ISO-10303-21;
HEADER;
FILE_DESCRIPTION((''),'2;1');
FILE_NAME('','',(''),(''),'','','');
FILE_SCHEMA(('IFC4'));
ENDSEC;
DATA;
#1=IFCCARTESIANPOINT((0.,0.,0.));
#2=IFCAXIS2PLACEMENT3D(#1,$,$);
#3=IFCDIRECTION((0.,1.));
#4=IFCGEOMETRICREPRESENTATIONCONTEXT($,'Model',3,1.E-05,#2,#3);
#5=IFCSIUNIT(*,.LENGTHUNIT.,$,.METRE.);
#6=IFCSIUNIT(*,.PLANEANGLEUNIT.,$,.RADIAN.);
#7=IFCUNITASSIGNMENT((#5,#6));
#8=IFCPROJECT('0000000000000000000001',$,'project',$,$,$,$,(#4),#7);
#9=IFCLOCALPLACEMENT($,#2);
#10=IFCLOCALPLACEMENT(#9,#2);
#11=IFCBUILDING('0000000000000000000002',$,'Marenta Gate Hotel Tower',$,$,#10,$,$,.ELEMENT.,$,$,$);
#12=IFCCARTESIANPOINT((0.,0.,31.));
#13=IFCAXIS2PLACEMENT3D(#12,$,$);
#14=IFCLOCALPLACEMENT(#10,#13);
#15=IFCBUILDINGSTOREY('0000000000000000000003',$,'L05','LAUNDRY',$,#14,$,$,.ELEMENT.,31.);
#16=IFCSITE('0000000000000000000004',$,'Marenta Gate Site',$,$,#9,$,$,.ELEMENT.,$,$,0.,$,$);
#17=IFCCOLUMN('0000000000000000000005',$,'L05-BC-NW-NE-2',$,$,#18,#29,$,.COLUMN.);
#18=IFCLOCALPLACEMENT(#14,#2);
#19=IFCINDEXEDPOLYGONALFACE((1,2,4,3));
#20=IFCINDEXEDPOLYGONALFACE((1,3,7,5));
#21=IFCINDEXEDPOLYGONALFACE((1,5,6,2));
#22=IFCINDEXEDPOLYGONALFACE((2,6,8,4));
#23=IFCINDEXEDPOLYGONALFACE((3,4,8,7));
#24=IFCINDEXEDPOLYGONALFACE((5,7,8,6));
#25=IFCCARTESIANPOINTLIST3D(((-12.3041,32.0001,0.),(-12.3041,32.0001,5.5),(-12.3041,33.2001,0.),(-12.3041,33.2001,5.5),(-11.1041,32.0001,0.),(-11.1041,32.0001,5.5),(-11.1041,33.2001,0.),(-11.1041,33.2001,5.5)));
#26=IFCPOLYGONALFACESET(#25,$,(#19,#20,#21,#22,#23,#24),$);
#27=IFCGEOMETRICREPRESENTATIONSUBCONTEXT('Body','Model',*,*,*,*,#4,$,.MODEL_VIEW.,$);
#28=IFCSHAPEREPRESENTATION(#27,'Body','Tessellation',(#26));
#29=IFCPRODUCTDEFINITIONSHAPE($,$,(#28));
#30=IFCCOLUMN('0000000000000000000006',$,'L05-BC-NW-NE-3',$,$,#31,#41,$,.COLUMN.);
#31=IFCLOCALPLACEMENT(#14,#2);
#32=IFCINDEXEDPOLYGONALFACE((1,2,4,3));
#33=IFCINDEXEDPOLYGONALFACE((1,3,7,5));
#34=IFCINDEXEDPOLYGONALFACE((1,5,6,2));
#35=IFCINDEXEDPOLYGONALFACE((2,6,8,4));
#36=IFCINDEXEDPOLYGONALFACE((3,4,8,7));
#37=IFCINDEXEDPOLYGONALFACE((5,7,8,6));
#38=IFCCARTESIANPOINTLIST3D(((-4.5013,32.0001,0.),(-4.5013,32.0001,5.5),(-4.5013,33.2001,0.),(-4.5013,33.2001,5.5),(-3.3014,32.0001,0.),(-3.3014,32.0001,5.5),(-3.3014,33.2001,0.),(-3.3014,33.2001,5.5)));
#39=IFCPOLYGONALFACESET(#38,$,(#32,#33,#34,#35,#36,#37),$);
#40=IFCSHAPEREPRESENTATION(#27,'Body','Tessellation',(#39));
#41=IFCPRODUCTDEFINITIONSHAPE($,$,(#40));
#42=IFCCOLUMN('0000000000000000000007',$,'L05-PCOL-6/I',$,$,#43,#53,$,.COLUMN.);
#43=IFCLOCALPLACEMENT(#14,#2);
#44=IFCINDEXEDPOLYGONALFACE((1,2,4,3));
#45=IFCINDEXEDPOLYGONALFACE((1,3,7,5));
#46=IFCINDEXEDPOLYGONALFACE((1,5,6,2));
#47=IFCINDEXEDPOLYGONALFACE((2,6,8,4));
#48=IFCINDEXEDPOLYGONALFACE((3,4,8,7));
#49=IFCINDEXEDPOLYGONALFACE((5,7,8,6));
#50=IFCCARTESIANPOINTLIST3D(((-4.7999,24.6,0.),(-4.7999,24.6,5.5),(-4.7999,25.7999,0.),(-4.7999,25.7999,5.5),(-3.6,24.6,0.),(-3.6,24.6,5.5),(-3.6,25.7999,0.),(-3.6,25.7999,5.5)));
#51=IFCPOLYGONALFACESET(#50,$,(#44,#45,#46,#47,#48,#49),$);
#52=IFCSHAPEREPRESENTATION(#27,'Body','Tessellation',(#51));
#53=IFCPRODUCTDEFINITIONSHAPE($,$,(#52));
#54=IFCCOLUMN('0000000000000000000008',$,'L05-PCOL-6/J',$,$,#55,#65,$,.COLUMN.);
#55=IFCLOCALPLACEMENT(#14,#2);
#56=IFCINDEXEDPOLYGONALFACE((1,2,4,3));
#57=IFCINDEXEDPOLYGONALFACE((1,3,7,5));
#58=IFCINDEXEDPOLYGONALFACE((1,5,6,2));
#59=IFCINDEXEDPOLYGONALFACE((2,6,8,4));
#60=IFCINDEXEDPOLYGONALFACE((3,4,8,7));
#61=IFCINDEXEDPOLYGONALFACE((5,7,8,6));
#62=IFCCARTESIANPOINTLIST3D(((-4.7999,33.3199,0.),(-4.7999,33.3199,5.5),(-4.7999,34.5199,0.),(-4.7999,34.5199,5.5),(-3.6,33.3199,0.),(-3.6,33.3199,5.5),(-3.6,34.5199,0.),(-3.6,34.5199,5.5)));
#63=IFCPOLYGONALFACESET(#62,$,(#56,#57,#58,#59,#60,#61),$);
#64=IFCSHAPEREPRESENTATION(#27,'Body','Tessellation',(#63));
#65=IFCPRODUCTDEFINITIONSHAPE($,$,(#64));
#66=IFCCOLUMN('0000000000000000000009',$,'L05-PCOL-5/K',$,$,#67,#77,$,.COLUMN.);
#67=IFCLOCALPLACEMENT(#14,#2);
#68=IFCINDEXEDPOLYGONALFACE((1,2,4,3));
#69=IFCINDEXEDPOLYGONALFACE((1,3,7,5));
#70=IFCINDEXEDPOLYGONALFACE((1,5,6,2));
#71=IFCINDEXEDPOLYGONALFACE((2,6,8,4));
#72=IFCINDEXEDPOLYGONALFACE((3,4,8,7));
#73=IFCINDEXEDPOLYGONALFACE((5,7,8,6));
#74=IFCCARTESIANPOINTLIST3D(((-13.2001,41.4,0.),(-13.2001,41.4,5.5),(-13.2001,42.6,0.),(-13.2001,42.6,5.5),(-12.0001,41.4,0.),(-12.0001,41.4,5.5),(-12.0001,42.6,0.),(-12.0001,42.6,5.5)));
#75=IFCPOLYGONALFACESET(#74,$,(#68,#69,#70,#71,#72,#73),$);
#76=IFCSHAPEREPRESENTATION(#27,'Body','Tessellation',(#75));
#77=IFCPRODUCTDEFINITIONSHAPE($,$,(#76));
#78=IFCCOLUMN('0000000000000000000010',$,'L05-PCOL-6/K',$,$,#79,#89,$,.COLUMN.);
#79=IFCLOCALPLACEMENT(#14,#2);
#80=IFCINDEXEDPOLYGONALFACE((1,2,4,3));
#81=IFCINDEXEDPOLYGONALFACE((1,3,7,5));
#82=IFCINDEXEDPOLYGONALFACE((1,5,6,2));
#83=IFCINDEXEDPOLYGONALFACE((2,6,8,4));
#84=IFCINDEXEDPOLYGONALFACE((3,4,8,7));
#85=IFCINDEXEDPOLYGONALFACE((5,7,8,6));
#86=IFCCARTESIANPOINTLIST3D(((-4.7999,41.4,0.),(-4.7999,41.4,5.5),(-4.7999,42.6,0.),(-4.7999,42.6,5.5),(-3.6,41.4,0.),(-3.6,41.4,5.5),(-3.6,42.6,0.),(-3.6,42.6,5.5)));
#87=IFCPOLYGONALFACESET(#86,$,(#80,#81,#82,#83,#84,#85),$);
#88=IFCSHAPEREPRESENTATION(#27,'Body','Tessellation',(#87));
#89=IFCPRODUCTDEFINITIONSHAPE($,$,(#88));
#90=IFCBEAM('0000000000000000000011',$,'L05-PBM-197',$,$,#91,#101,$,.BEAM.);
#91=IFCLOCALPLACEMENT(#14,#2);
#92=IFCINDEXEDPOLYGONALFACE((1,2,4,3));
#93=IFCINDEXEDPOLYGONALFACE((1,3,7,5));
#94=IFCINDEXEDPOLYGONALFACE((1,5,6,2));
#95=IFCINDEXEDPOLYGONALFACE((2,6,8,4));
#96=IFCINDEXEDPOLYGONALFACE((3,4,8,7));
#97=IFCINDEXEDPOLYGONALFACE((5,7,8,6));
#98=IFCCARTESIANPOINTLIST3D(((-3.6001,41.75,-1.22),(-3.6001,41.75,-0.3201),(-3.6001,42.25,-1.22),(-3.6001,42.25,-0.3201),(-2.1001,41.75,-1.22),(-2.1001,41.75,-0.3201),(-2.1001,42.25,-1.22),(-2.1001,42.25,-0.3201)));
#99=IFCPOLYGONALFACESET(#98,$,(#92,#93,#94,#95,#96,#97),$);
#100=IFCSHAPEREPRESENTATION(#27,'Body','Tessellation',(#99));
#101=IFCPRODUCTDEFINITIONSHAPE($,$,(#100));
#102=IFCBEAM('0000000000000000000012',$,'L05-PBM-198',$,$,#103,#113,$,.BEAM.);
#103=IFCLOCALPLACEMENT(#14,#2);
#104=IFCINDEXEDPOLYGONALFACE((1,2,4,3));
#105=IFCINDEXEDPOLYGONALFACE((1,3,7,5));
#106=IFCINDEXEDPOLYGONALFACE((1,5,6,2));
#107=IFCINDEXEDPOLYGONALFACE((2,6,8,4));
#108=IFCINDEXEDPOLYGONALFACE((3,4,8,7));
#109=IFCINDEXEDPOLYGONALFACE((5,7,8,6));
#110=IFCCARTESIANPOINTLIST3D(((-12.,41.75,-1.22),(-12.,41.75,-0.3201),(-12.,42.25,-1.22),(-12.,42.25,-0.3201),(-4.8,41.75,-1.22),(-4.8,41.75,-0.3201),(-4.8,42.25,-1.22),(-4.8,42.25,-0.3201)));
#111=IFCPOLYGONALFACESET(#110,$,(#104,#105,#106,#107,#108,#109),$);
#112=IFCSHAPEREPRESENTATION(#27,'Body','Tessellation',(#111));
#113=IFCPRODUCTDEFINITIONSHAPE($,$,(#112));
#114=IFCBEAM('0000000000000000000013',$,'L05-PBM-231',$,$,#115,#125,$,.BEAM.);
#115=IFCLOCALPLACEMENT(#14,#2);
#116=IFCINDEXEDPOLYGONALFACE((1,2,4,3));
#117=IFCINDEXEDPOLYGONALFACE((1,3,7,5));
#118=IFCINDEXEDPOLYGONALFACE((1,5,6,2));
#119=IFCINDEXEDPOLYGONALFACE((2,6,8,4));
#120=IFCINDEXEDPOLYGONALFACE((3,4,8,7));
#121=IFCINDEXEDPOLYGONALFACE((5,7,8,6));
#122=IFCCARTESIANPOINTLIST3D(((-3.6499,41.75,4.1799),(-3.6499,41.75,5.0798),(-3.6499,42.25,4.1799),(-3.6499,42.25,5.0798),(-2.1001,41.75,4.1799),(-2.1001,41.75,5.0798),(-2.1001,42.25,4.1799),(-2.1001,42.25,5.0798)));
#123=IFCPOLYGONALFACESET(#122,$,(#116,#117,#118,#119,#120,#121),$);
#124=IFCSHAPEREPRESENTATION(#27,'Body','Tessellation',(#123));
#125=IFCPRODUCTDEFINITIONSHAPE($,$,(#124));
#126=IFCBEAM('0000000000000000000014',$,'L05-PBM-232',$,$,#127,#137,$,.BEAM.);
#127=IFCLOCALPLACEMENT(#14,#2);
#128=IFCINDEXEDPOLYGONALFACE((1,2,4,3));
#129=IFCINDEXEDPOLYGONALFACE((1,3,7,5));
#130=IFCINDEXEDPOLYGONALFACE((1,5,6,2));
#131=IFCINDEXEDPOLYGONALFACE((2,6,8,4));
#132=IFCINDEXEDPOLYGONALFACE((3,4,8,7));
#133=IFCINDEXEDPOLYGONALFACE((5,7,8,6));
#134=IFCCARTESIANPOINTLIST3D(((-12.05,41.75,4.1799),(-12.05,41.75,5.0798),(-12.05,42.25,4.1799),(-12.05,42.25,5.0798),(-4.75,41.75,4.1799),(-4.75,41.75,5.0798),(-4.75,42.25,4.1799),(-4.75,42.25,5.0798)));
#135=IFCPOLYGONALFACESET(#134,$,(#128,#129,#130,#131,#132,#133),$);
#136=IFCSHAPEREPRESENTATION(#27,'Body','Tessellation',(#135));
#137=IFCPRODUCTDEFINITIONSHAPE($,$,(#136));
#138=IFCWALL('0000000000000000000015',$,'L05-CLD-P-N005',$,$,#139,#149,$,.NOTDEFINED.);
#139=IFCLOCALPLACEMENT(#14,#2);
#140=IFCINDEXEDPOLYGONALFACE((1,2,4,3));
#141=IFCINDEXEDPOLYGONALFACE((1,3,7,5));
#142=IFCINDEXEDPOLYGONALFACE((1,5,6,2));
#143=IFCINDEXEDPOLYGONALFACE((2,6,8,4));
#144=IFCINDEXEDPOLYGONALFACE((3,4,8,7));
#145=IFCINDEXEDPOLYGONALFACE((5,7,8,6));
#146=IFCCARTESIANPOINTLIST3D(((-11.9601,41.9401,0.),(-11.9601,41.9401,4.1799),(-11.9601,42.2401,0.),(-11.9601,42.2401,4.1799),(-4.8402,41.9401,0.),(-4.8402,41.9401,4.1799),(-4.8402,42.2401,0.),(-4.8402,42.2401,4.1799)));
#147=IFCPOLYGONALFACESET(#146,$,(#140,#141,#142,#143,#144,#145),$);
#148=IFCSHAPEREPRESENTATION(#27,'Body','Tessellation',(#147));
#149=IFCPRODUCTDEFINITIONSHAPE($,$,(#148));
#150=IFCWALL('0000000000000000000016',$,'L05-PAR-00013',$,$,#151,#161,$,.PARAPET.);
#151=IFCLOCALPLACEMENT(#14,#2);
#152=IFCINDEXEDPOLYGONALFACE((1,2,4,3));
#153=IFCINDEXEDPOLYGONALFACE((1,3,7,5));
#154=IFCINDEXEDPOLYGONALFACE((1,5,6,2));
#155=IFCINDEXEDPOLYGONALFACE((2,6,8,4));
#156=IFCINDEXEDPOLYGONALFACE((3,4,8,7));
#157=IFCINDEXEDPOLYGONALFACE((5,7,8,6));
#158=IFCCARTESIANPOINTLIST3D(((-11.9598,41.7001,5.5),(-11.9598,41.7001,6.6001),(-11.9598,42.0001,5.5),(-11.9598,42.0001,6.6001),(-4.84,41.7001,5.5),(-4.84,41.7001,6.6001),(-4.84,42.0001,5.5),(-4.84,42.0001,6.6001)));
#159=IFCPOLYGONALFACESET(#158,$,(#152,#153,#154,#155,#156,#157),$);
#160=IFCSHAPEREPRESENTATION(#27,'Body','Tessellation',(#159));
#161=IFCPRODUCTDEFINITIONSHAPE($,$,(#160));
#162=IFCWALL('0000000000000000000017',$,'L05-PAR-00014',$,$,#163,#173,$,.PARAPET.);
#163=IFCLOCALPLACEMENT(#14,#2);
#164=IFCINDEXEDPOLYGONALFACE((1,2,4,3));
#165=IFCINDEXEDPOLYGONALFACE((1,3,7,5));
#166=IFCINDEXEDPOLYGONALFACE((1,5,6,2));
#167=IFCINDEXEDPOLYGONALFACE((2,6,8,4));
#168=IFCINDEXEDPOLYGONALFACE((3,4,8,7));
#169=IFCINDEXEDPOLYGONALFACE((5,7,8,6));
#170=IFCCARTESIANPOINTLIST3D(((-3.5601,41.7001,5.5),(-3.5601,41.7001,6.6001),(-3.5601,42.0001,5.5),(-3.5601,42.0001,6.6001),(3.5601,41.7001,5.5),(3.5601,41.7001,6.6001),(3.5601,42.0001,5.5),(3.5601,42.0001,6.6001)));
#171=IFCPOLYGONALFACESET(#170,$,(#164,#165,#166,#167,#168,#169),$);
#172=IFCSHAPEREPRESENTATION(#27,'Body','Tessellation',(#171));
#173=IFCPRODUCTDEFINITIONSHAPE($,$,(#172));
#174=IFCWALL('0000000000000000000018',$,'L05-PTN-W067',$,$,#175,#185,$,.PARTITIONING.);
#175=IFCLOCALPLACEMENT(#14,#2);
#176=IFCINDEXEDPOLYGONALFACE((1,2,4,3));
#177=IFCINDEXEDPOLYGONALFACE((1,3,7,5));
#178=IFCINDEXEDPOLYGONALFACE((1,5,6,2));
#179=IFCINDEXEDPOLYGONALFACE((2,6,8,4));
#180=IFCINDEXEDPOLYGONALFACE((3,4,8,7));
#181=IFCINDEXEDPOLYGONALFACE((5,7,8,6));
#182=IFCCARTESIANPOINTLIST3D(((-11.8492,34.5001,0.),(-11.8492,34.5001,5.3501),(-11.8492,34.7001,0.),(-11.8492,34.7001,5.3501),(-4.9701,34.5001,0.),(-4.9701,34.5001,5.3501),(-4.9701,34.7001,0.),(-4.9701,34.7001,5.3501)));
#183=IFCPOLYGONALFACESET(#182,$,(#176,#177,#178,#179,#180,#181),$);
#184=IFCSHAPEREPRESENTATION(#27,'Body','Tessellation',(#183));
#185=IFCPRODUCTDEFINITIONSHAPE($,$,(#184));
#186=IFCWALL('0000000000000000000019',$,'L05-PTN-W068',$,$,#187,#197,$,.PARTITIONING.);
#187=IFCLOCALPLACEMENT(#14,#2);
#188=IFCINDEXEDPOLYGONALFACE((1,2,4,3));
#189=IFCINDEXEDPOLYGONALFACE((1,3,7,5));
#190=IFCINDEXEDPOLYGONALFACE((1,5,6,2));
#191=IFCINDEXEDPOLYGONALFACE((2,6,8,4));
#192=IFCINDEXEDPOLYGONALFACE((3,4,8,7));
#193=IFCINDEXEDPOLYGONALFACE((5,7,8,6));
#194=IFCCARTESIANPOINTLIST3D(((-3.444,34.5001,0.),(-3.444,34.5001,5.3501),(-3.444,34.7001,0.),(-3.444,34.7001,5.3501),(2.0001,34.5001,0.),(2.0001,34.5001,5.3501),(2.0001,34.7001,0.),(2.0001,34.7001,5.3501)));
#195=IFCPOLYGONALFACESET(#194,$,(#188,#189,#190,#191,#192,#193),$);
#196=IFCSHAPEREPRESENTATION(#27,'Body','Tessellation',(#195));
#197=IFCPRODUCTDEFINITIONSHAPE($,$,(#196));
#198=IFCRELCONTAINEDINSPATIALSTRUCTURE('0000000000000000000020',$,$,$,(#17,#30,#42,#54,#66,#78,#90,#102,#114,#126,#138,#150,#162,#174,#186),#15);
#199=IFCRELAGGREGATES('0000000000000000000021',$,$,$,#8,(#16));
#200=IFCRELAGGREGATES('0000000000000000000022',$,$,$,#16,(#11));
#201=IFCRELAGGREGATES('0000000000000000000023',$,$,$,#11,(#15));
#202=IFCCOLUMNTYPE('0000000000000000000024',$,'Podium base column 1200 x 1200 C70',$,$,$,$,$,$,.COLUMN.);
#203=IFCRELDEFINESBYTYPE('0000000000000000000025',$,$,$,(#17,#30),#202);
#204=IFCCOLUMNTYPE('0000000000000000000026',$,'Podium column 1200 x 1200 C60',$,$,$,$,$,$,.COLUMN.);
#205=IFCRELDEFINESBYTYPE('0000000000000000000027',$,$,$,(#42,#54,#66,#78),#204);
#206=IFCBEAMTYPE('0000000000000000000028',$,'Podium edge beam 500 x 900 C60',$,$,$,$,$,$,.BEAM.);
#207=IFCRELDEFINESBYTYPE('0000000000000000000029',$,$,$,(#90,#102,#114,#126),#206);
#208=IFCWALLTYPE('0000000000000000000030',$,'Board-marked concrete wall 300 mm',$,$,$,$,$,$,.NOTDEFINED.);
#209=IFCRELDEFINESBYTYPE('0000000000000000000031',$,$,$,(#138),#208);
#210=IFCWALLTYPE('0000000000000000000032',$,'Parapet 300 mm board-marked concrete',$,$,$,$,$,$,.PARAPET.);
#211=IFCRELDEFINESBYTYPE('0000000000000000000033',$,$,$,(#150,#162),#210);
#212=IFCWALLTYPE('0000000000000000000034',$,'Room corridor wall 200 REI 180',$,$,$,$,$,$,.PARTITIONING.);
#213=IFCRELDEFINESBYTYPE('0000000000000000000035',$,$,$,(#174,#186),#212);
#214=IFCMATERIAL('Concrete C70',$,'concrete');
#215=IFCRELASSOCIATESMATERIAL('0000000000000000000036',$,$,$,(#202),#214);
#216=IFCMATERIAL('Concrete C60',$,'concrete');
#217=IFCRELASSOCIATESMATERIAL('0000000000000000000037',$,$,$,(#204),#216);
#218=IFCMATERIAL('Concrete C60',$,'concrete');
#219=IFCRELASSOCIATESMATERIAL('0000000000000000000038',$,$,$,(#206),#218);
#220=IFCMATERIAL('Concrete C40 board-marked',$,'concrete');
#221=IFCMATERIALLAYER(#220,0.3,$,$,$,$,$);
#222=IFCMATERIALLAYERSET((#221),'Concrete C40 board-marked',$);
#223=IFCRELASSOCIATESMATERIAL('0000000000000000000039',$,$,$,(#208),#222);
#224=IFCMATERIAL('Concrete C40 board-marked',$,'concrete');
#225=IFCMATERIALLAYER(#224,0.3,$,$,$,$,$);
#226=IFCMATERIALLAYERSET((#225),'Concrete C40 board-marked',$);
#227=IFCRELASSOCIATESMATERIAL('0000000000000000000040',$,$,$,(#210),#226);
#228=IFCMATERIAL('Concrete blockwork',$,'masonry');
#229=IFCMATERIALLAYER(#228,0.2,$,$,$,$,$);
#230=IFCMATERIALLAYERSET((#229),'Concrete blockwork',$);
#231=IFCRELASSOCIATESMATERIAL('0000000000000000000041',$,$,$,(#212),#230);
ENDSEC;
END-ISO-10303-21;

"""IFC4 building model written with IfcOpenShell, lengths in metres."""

from ifc_helpers import new_model, si_unit, direction, frame, frame_2d, origin, origin_2d, place, context, subcontext, project, spatial, rectangle, extrude, material, layer, layer_set, material_profile, profile_set, type_object, element, save


model = new_model("IFC4")

# Units and contexts
model_context = context("Model", 3, precision=1e-05, world=origin(), true_north=direction((0.0, 1.0)))
body_context = subcontext(model_context, "Body", "Model", "MODEL_VIEW")
ifc_project = project(units=[si_unit("LENGTHUNIT", "METRE"), si_unit("PLANEANGLEUNIT", "RADIAN")], contexts=[model_context])

# Site, building, storey
site_placement = place(None, origin())
site = spatial("IfcSite", under=ifc_project, at=site_placement, Name="Marenta Gate Site", CompositionType="ELEMENT", RefElevation=0.0)
building_placement = place(site_placement, origin())
building = spatial("IfcBuilding", under=site, at=building_placement, Name="Marenta Gate Hotel Tower", CompositionType="ELEMENT")
storey_placement = place(building_placement, frame((0.0, 0.0, 31.0)))
storey = spatial("IfcBuildingStorey", under=building, at=storey_placement, Name="L05", Description="LAUNDRY", CompositionType="ELEMENT", Elevation=31.0)

# Columns
ifc_material_1 = material(Name="Concrete C70", Category="concrete")
ifc_material_profile_1 = material_profile(ifc_material_1, rectangle(XDim=1.2, YDim=1.2, at=origin_2d()), Name="1200 x 1200")
ifc_profile_set_1 = profile_set([ifc_material_profile_1], Name="Concrete C70")
column_type_1 = type_object("IfcColumnType", Name="Podium base column 1200 x 1200 C70", PredefinedType="COLUMN", material=ifc_profile_set_1)
for number, where, z_axis, x_axis, name in (
    (1, (-11.7041, 32.6001, 0.0), (0.0, 0.0, 1.0), (1.0, 0.0, 0.0), "L05-BC-NW-NE-2"),
    (2, (-3.9014, 32.6001, 0.0), (0.0, 0.0, 1.0), (1.0, 0.0, 0.0), "L05-BC-NW-NE-3"),
):
    element("IfcColumn", number, at=place(storey_placement, frame(where, z_axis=z_axis, x_axis=x_axis)), inside=storey, type_object=column_type_1, Name=name, PredefinedType="COLUMN", context=body_context, shape_type="SweptSolid", body=[
        extrude(rectangle(XDim=1.2, YDim=1.2, at=origin_2d()), origin(), (0.0, 0.0, 1.0), 5.5),
    ])
ifc_material_2 = material(Name="Concrete C60", Category="concrete")
ifc_material_profile_2 = material_profile(ifc_material_2, rectangle(XDim=1.2, YDim=1.2, at=origin_2d()), Name="1200 x 1200")
ifc_profile_set_2 = profile_set([ifc_material_profile_2], Name="Concrete C60")
column_type_2 = type_object("IfcColumnType", Name="Podium column 1200 x 1200 C60", PredefinedType="COLUMN", material=ifc_profile_set_2)
for number, where, z_axis, x_axis, name in (
    (3, (-4.2, 25.2, 0.0), (0.0, 0.0, 1.0), (1.0, 0.0, 0.0), "L05-PCOL-6/I"),
    (4, (-4.2, 33.9199, 0.0), (0.0, 0.0, 1.0), (1.0, 0.0, 0.0), "L05-PCOL-6/J"),
    (5, (-12.6001, 42.0, 0.0), (0.0, 0.0, 1.0), (1.0, 0.0, 0.0), "L05-PCOL-5/K"),
    (6, (-4.2, 42.0, 0.0), (0.0, 0.0, 1.0), (1.0, 0.0, 0.0), "L05-PCOL-6/K"),
):
    element("IfcColumn", number, at=place(storey_placement, frame(where, z_axis=z_axis, x_axis=x_axis)), inside=storey, type_object=column_type_2, Name=name, PredefinedType="COLUMN", context=body_context, shape_type="SweptSolid", body=[
        extrude(rectangle(XDim=1.2, YDim=1.2, at=origin_2d()), origin(), (0.0, 0.0, 1.0), 5.5),
    ])

# Beams
ifc_material_3 = material(Name="Concrete C60", Category="concrete")
ifc_material_profile_3 = material_profile(ifc_material_3, rectangle(XDim=0.5, YDim=0.8999, at=origin_2d()), Name="500 x 900")
ifc_profile_set_3 = profile_set([ifc_material_profile_3], Name="Concrete C60")
beam_type = type_object("IfcBeamType", Name="Podium edge beam 500 x 900 C60", PredefinedType="BEAM", material=ifc_profile_set_3)
beam_1_placement = place(storey_placement, frame((-2.1001, 42.0, -0.77), z_axis=(-1.0, 0.0, 0.0), x_axis=(0.0, -1.0, 0.0)))
element("IfcBeam", 7, at=beam_1_placement, inside=storey, type_object=beam_type, Name="L05-PBM-197", PredefinedType="BEAM", context=body_context, shape_type="SweptSolid", body=[
    extrude(rectangle(XDim=0.5, YDim=0.8999, at=origin_2d()), origin(), (0.0, 0.0, 1.0), 1.5),
])
beam_2_placement = place(storey_placement, frame((-4.8, 42.0, -0.77), z_axis=(-1.0, 0.0, 0.0), x_axis=(0.0, -1.0, 0.0)))
element("IfcBeam", 8, at=beam_2_placement, inside=storey, type_object=beam_type, Name="L05-PBM-198", PredefinedType="BEAM", context=body_context, shape_type="SweptSolid", body=[
    extrude(rectangle(XDim=0.5, YDim=0.8999, at=origin_2d()), origin(), (0.0, 0.0, 1.0), 7.2),
])
beam_3_placement = place(storey_placement, frame((-2.1001, 42.0, 4.6299), z_axis=(-1.0, 0.0, 0.0), x_axis=(0.0, -1.0, 0.0)))
element("IfcBeam", 9, at=beam_3_placement, inside=storey, type_object=beam_type, Name="L05-PBM-231", PredefinedType="BEAM", context=body_context, shape_type="SweptSolid", body=[
    extrude(rectangle(XDim=0.5, YDim=0.8999, at=origin_2d()), origin(), (0.0, 0.0, 1.0), 1.5498),
])
beam_4_placement = place(storey_placement, frame((-4.75, 42.0, 4.6299), z_axis=(-1.0, 0.0, 0.0), x_axis=(0.0, -1.0, 0.0)))
element("IfcBeam", 10, at=beam_4_placement, inside=storey, type_object=beam_type, Name="L05-PBM-232", PredefinedType="BEAM", context=body_context, shape_type="SweptSolid", body=[
    extrude(rectangle(XDim=0.5, YDim=0.8999, at=origin_2d()), origin(), (0.0, 0.0, 1.0), 7.3),
])

# Walls
ifc_material_4 = material(Name="Concrete C40 board-marked", Category="concrete")
ifc_layer_1 = layer(ifc_material_4, 0.3)
ifc_layer_set_1 = layer_set([ifc_layer_1], Name="Concrete C40 board-marked")
wall_type_1 = type_object("IfcWallType", Name="Board-marked concrete wall 300 mm", PredefinedType="NOTDEFINED", material=ifc_layer_set_1)
wall_1_placement = place(storey_placement, frame((-4.8401, 42.0901, 0.0), z_axis=(0.0, 0.0, 1.0), x_axis=(-1.0, 0.0, 0.0)))
element("IfcWall", 11, at=wall_1_placement, inside=storey, type_object=wall_type_1, Name="L05-CLD-P-N005", PredefinedType="NOTDEFINED", context=body_context, shape_type="SweptSolid", body=[
    extrude(rectangle(XDim=7.1199, YDim=0.3, at=frame_2d((3.5601, 0.0))), origin(), (0.0, 0.0, 1.0), 4.1799),
])
ifc_material_5 = material(Name="Concrete C40 board-marked", Category="concrete")
ifc_layer_2 = layer(ifc_material_5, 0.3)
ifc_layer_set_2 = layer_set([ifc_layer_2], Name="Concrete C40 board-marked")
wall_type_2 = type_object("IfcWallType", Name="Parapet 300 mm board-marked concrete", PredefinedType="PARAPET", material=ifc_layer_set_2)
wall_2_placement = place(storey_placement, frame((-11.96, 41.8501, 5.5), z_axis=(0.0, 0.0, 1.0), x_axis=(1.0, 0.0, 0.0)))
element("IfcWall", 12, at=wall_2_placement, inside=storey, type_object=wall_type_2, Name="L05-PAR-00013", PredefinedType="PARAPET", context=body_context, shape_type="SweptSolid", body=[
    extrude(rectangle(XDim=7.1199, YDim=0.3, at=frame_2d((3.5601, 0.0))), origin(), (0.0, 0.0, 1.0), 1.1001),
])
wall_3_placement = place(storey_placement, frame((-3.5601, 41.8501, 5.5), z_axis=(0.0, 0.0, 1.0), x_axis=(1.0, 0.0, 0.0)))
element("IfcWall", 13, at=wall_3_placement, inside=storey, type_object=wall_type_2, Name="L05-PAR-00014", PredefinedType="PARAPET", context=body_context, shape_type="SweptSolid", body=[
    extrude(rectangle(XDim=7.1201, YDim=0.3, at=frame_2d((3.5601, 0.0))), origin(), (0.0, 0.0, 1.0), 1.1001),
])
ifc_material_6 = material(Name="Concrete blockwork", Category="masonry")
ifc_layer_3 = layer(ifc_material_6, 0.2)
ifc_layer_set_3 = layer_set([ifc_layer_3], Name="Concrete blockwork")
wall_type_3 = type_object("IfcWallType", Name="Room corridor wall 200 REI 180", PredefinedType="PARTITIONING", material=ifc_layer_set_3)
wall_4_placement = place(storey_placement, frame((-11.8491, 34.6001, 0.0), z_axis=(0.0, 0.0, 1.0), x_axis=(1.0, 0.0, 0.0)))
element("IfcWall", 14, at=wall_4_placement, inside=storey, type_object=wall_type_3, Name="L05-PTN-W067", PredefinedType="PARTITIONING", context=body_context, shape_type="SweptSolid", body=[
    extrude(rectangle(XDim=6.8792, YDim=0.2, at=frame_2d((3.4395, 0.0))), origin(), (0.0, 0.0, 1.0), 5.3501),
])
wall_5_placement = place(storey_placement, frame((-3.4441, 34.6001, 0.0), z_axis=(0.0, 0.0, 1.0), x_axis=(1.0, 0.0, 0.0)))
element("IfcWall", 15, at=wall_5_placement, inside=storey, type_object=wall_type_3, Name="L05-PTN-W068", PredefinedType="PARTITIONING", context=body_context, shape_type="SweptSolid", body=[
    extrude(rectangle(XDim=5.4441, YDim=0.2, at=frame_2d((2.7222, 0.0))), origin(), (0.0, 0.0, 1.0), 5.3501),
])

save(model, "model.ifc")
